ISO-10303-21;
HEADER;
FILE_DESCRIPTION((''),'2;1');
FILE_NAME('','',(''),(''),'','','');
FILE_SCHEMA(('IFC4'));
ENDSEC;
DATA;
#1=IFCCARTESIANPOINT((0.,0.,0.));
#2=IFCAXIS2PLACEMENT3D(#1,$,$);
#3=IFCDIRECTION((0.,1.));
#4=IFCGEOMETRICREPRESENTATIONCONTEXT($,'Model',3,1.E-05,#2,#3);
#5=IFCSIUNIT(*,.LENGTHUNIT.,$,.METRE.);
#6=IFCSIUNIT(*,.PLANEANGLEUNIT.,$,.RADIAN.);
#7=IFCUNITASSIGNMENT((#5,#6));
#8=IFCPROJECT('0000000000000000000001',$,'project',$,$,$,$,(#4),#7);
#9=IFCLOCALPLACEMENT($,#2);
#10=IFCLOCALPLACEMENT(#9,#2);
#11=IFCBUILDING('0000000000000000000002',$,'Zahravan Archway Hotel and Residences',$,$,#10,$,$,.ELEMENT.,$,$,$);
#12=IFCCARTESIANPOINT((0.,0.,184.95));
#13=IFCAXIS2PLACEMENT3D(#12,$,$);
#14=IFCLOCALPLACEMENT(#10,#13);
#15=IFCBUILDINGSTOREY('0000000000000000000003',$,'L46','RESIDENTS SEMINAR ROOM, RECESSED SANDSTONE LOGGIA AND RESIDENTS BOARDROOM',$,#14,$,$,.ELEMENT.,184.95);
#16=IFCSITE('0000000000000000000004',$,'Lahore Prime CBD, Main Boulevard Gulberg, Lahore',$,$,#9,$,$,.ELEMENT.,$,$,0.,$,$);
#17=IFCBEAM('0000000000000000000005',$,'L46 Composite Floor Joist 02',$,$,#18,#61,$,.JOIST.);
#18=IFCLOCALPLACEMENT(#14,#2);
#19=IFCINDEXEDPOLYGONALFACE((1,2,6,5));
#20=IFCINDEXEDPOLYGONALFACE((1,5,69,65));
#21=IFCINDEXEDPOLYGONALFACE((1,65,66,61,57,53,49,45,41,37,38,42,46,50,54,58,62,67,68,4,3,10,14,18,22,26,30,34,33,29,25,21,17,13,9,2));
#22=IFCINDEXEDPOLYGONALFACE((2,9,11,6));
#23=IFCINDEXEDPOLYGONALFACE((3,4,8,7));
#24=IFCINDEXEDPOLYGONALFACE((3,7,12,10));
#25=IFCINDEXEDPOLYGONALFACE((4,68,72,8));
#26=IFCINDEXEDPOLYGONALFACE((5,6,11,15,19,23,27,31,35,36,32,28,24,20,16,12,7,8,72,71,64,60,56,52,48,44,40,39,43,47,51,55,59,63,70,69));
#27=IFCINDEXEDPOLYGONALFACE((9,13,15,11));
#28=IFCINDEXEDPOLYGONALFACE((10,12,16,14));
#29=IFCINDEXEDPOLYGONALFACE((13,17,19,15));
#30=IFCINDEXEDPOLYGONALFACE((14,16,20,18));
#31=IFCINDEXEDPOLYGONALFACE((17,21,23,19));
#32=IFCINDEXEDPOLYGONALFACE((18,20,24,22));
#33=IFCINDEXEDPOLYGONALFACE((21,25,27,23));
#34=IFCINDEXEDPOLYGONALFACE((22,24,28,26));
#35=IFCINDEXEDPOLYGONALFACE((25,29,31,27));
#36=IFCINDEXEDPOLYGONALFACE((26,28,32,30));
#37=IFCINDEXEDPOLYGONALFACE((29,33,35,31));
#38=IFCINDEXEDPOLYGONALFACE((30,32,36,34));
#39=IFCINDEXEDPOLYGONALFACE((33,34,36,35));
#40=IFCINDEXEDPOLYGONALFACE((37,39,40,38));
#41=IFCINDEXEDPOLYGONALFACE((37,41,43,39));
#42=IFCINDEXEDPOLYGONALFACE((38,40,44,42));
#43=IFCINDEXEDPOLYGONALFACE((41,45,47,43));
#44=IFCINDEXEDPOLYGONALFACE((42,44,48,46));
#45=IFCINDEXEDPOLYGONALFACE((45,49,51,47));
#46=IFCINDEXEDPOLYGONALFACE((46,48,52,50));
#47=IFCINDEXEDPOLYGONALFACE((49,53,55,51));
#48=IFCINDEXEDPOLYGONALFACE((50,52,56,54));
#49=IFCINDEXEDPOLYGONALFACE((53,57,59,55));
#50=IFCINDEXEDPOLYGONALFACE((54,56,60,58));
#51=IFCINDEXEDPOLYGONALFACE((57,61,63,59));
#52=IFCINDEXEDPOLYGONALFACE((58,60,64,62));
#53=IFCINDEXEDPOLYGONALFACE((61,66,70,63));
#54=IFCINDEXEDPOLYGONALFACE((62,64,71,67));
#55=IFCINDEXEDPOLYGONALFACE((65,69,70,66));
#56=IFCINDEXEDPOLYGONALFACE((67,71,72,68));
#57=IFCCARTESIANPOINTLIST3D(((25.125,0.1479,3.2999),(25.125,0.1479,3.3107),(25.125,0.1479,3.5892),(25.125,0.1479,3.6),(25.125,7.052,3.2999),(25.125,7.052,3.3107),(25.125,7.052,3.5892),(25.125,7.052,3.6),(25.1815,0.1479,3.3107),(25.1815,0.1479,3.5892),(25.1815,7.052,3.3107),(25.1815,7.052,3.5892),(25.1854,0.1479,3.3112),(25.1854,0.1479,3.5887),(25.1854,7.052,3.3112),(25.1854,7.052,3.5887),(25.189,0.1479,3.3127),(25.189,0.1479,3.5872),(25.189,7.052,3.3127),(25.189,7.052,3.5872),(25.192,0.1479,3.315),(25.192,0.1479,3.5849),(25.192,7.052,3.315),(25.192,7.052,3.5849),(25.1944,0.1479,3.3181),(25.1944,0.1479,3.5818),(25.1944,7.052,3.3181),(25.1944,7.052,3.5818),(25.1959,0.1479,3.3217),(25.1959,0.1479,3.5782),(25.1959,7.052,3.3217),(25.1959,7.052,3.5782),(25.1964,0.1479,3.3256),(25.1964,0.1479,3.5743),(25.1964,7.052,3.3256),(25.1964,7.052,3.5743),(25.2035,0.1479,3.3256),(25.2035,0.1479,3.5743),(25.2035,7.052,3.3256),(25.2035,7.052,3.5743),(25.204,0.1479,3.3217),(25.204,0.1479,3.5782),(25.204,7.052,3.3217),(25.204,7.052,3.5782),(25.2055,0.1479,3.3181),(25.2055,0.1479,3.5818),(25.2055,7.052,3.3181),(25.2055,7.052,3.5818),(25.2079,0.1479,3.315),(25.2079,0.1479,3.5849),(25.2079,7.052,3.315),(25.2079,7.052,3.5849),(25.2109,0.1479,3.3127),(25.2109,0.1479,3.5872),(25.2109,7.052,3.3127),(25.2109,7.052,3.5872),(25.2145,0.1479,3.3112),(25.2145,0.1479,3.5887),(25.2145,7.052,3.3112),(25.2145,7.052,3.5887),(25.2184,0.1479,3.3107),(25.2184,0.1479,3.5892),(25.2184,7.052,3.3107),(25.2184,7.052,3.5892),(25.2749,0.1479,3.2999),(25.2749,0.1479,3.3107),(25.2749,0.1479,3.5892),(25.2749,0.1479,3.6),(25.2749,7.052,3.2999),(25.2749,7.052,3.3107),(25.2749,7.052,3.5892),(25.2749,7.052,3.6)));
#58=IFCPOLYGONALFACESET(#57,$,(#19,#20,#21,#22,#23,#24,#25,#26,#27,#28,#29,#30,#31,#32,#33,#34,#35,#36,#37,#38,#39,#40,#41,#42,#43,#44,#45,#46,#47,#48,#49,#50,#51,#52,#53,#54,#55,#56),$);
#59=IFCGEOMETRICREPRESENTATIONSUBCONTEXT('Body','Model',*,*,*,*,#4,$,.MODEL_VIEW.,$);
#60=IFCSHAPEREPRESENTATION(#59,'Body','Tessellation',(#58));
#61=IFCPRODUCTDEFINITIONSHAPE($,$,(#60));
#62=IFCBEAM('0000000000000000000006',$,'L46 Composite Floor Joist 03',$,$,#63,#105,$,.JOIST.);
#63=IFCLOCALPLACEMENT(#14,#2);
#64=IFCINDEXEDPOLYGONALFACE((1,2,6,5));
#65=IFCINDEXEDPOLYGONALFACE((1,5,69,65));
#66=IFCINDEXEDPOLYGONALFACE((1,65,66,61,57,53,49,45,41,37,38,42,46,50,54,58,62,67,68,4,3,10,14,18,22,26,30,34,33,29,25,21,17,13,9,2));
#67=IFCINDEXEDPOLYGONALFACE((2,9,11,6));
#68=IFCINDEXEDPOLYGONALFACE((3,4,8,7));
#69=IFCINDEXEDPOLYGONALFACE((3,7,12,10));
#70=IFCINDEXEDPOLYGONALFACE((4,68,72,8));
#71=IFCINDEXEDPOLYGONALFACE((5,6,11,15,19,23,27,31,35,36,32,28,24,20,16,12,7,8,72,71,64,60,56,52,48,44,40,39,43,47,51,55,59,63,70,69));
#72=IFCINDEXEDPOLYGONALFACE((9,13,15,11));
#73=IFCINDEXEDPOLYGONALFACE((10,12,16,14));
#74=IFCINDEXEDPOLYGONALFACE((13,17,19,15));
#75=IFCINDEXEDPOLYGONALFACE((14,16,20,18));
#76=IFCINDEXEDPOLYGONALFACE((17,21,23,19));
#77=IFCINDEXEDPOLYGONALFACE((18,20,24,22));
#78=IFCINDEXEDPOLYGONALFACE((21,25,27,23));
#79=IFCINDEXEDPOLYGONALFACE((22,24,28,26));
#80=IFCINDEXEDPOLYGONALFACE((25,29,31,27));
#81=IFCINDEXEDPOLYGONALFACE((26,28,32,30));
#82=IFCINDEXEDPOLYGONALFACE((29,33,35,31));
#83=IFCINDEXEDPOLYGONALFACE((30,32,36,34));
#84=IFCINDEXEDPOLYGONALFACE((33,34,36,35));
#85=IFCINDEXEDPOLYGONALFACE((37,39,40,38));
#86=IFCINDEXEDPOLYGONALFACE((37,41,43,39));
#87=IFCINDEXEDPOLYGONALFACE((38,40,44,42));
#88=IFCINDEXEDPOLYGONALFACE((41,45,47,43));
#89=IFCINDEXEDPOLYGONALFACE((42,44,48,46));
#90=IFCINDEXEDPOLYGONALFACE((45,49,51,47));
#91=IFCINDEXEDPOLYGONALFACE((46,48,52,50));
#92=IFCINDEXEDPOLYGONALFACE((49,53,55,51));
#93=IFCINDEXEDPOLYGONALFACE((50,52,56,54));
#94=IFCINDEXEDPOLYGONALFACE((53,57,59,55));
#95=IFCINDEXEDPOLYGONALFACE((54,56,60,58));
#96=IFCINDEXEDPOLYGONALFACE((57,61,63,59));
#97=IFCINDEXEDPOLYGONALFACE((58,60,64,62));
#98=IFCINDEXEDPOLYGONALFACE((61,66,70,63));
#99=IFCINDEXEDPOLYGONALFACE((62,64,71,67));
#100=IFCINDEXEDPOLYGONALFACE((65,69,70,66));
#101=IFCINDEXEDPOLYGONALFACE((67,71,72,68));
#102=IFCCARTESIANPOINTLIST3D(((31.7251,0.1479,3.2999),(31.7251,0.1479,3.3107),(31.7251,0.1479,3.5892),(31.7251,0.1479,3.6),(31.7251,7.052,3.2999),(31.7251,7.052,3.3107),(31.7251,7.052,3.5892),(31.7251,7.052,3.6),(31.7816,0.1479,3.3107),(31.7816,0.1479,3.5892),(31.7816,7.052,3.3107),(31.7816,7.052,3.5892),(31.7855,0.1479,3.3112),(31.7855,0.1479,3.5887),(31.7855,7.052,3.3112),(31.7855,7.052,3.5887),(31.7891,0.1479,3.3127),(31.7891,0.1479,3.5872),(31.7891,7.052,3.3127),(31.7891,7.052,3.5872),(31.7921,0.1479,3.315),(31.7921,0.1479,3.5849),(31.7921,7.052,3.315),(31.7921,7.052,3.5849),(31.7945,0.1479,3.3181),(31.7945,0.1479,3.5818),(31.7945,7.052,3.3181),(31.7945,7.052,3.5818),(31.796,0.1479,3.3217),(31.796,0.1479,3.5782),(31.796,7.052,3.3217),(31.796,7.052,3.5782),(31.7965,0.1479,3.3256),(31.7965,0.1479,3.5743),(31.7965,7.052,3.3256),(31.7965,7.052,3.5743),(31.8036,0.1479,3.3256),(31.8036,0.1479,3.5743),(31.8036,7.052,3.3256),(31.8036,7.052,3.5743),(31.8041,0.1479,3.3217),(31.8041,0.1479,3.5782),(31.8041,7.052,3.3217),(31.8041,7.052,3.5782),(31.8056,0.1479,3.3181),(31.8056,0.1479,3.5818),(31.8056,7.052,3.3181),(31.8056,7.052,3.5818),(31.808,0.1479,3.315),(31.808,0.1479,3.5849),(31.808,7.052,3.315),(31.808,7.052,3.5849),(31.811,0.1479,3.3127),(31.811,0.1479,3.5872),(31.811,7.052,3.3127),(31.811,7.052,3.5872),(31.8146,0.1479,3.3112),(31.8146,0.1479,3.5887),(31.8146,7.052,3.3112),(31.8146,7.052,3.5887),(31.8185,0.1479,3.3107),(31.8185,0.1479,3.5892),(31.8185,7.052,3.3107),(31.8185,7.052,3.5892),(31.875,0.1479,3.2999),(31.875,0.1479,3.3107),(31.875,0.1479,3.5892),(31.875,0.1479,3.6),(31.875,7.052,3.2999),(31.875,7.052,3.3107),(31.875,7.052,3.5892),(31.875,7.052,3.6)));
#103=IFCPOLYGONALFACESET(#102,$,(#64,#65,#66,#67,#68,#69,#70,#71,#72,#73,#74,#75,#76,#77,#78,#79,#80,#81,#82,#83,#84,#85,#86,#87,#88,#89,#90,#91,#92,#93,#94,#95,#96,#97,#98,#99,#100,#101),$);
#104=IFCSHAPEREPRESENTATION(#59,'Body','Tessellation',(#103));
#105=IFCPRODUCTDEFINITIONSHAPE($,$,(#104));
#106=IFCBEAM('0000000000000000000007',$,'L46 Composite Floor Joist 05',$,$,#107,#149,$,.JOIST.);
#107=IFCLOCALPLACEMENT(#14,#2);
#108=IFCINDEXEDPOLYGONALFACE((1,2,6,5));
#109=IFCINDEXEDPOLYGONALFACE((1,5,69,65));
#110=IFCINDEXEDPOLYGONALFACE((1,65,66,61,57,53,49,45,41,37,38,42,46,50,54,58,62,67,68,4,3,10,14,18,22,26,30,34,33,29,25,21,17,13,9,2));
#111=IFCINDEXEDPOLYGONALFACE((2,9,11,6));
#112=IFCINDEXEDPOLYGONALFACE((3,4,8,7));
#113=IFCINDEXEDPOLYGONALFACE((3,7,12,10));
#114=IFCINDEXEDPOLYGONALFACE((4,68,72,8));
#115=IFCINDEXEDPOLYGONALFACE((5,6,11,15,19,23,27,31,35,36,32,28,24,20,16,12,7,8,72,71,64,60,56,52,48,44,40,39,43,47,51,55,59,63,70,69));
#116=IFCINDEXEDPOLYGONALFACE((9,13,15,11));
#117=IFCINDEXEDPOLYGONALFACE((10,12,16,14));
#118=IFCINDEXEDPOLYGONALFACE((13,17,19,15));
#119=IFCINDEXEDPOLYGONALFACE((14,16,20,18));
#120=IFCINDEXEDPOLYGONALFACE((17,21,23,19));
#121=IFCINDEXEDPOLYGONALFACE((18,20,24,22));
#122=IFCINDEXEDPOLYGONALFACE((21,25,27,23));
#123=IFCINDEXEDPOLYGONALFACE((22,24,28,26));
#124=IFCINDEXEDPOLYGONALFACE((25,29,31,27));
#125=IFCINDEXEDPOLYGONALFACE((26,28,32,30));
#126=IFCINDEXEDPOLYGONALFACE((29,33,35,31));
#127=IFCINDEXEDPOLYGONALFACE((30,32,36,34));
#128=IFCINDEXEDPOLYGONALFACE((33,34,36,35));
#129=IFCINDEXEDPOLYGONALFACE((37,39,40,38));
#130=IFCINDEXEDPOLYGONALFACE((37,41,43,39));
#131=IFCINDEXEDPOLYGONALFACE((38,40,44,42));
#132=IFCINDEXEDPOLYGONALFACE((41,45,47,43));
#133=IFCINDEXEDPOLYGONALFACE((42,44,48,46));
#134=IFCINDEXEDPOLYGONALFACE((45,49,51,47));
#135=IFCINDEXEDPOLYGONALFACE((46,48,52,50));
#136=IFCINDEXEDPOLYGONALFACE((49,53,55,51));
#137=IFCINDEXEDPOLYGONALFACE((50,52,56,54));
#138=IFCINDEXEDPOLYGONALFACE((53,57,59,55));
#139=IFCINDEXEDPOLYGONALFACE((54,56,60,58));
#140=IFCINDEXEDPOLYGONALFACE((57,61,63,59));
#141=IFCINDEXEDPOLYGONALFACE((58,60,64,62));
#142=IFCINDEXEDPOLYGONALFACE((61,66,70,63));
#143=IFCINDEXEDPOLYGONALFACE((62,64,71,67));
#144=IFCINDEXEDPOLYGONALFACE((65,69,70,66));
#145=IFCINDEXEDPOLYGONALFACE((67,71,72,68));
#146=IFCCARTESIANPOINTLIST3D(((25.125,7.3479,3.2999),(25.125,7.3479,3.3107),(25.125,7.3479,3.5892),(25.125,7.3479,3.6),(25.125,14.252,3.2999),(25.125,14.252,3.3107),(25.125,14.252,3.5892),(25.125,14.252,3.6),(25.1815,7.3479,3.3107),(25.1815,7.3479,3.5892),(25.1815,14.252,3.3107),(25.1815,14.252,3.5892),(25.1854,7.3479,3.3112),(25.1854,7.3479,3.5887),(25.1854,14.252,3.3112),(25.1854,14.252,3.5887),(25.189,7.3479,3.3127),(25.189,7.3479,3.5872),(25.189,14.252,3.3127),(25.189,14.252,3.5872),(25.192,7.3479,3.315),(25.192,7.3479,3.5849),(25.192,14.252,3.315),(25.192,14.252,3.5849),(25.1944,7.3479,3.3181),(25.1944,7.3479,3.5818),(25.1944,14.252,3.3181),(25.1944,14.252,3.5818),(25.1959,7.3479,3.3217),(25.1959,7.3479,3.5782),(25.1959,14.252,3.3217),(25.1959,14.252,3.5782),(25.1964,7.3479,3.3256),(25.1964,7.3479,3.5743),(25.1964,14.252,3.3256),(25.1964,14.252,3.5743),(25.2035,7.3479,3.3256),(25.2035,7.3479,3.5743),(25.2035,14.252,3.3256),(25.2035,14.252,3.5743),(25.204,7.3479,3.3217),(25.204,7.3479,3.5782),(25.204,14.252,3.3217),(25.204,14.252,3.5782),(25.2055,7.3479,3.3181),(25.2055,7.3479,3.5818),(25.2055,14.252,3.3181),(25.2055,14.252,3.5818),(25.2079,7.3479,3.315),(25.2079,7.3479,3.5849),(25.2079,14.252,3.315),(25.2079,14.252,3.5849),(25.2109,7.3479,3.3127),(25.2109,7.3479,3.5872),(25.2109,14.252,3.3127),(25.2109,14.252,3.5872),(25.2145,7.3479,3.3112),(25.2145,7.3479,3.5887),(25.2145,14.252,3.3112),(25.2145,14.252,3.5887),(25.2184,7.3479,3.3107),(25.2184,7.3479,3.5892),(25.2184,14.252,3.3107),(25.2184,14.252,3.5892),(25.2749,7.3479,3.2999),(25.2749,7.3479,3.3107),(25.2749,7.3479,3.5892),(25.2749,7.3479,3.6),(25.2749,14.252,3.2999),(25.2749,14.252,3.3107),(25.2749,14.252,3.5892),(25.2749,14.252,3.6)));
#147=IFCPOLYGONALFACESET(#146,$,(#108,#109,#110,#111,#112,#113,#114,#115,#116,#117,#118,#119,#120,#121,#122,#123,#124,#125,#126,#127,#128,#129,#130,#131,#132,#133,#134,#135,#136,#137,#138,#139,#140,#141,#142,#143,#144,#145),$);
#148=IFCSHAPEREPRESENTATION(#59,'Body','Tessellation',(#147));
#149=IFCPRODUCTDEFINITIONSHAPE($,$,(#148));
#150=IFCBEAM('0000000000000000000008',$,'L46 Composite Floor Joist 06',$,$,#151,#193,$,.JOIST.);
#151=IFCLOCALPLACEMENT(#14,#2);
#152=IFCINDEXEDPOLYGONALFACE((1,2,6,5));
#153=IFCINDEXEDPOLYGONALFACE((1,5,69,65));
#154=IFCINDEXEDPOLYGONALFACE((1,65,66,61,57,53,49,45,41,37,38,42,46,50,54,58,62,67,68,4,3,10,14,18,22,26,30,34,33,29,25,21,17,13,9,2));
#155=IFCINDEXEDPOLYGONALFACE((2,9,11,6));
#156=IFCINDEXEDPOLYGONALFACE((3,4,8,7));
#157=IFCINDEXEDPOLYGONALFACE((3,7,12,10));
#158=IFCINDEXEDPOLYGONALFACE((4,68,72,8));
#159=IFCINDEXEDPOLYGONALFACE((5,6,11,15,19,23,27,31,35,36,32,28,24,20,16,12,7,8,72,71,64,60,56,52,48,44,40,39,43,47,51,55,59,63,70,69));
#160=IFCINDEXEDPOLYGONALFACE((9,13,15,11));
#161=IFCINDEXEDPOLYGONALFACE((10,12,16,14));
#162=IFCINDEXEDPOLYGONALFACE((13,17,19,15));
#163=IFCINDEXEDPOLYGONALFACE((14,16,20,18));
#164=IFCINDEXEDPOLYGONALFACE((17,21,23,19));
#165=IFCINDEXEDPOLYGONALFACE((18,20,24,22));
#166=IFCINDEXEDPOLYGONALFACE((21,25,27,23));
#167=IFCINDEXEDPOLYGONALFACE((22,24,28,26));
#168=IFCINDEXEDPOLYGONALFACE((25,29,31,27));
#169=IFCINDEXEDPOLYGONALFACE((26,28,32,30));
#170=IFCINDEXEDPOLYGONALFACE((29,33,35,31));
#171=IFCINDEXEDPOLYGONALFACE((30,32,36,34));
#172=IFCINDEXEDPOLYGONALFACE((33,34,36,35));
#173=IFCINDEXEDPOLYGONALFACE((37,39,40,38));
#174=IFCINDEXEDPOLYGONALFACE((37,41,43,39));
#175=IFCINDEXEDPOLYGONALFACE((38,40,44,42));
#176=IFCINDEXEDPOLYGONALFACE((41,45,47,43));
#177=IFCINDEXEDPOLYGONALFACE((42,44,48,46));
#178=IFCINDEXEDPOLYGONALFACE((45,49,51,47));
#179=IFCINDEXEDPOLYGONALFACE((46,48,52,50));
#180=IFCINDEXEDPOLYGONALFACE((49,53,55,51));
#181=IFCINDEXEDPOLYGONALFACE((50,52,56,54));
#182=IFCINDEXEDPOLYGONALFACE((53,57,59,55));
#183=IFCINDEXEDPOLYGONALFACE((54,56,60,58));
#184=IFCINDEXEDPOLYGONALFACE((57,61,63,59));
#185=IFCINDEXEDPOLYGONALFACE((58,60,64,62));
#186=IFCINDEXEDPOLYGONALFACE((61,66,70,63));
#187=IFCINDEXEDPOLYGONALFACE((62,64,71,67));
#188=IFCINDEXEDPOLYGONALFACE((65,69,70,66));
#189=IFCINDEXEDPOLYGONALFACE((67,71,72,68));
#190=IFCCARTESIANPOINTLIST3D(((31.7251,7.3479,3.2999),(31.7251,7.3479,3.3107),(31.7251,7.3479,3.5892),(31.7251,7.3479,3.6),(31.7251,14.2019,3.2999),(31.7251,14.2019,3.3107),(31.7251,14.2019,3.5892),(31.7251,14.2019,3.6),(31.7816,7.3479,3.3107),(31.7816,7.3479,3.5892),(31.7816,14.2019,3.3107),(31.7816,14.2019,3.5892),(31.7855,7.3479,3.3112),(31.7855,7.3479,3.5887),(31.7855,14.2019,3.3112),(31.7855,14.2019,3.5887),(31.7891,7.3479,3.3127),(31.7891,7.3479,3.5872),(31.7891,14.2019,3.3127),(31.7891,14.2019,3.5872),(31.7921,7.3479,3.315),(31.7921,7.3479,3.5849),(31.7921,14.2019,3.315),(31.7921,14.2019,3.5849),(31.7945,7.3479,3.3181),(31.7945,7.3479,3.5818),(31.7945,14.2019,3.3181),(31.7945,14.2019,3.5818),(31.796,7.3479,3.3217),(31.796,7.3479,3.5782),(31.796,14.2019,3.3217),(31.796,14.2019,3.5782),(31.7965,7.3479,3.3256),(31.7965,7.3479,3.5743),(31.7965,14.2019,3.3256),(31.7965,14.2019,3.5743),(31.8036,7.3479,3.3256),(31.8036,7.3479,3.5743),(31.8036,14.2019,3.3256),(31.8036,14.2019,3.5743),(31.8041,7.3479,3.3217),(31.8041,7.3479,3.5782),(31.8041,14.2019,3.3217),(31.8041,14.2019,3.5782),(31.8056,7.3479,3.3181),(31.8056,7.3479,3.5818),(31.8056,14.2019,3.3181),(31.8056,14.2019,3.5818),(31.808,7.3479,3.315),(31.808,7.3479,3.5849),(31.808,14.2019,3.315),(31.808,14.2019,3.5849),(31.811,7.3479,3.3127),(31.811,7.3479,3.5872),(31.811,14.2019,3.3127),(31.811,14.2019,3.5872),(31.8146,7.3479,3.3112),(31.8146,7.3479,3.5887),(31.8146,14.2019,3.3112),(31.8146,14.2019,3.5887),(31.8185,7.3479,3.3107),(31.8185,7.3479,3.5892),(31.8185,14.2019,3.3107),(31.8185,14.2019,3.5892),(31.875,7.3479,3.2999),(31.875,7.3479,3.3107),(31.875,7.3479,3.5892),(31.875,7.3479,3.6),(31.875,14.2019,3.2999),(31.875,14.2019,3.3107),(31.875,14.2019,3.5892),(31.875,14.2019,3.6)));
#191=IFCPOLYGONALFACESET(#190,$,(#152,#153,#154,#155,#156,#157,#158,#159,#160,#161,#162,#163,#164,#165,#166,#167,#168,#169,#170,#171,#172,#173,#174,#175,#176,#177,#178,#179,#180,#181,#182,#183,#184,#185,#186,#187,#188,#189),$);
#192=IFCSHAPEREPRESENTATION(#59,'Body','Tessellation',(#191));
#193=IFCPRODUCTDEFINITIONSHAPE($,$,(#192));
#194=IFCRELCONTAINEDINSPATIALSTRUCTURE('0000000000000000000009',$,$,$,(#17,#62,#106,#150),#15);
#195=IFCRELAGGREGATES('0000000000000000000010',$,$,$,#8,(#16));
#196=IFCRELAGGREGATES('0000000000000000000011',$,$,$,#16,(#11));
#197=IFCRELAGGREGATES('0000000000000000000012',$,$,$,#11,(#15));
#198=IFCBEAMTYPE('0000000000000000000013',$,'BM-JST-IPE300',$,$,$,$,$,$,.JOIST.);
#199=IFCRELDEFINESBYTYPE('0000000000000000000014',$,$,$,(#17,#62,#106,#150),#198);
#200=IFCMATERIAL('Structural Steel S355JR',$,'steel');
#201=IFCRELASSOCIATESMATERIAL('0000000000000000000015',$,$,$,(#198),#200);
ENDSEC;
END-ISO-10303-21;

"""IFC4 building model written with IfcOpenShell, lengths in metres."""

from ifc_helpers import new_model, si_unit, direction, frame, origin, origin_2d, place, context, subcontext, project, spatial, i_section, extrude, source, transform, mapped, material, material_profile, profile_set, type_object, type_shapes, element, save


model = new_model("IFC4")

# Units and contexts
model_context = context("Model", 3, precision=1e-05, world=origin(), true_north=direction((0.0, 1.0)))
body_context = subcontext(model_context, "Body", "Model", "MODEL_VIEW")
ifc_project = project(units=[si_unit("LENGTHUNIT", "METRE"), si_unit("PLANEANGLEUNIT", "RADIAN")], contexts=[model_context])

# Site, building, storey
site_placement = place(None, origin())
site = spatial("IfcSite", under=ifc_project, at=site_placement, Name="Lahore Prime CBD, Main Boulevard Gulberg, Lahore", CompositionType="ELEMENT", RefElevation=0.0)
building_placement = place(site_placement, origin())
building = spatial("IfcBuilding", under=site, at=building_placement, Name="Zahravan Archway Hotel and Residences", CompositionType="ELEMENT")
storey_placement = place(building_placement, frame((0.0, 0.0, 184.95)))
storey = spatial("IfcBuildingStorey", under=building, at=storey_placement, Name="L46", Description="RESIDENTS SEMINAR ROOM, RECESSED SANDSTONE LOGGIA AND RESIDENTS BOARDROOM", CompositionType="ELEMENT", Elevation=184.95)

# Beams
ifc_material_1 = material(Name="Structural Steel S355JR", Category="steel")
ifc_material_profile_1 = material_profile(ifc_material_1, i_section(OverallWidth=0.1499, OverallDepth=0.3, WebThickness=0.0071, FlangeThickness=0.0107, FilletRadius=0.0149, at=origin_2d()), Name="IPE 300", Category="steel")
ifc_profile_set_1 = profile_set([ifc_material_profile_1], Name="Structural Steel S355JR")
beam_type_1 = type_object("IfcBeamType", Name="BM-JST-IPE300", PredefinedType="JOIST", material=ifc_profile_set_1)
shared_shape_1 = source(origin(), body_context, "Body", "SweptSolid", [
    extrude(i_section(OverallWidth=0.1499, OverallDepth=0.3, WebThickness=0.0071, FlangeThickness=0.0107, FilletRadius=0.0149, at=origin_2d()), origin(), (0.0, 0.0, 1.0), 6.9041),
])
type_shapes(beam_type_1, [shared_shape_1])
for number, where, z_axis, x_axis, name in (
    (1, (25.2, 0.1479, 3.45), (0.0, 1.0, 0.0), (-1.0, 0.0, 0.0), "L46 Composite Floor Joist 02"),
    (2, (31.8, 0.1479, 3.45), (0.0, 1.0, 0.0), (-1.0, 0.0, 0.0), "L46 Composite Floor Joist 03"),
    (3, (25.2, 7.3479, 3.45), (0.0, 1.0, 0.0), (-1.0, 0.0, 0.0), "L46 Composite Floor Joist 05"),
):
    element("IfcBeam", number, at=place(storey_placement, frame(where, z_axis=z_axis, x_axis=x_axis)), inside=storey, type_object=beam_type_1, Name=name, PredefinedType="JOIST", context=body_context, shape_type="MappedRepresentation", body=[
        mapped(shared_shape_1, transform((0.0, 0.0, 0.0), scale=1.0)),
    ])
shared_shape_2 = source(origin(), body_context, "Body", "SweptSolid", [
    extrude(i_section(OverallWidth=0.1499, OverallDepth=0.3, WebThickness=0.0071, FlangeThickness=0.0107, FilletRadius=0.0149, at=origin_2d()), origin(), (0.0, 0.0, 1.0), 6.854),
])
beam_1_placement = place(storey_placement, frame((31.8, 7.3479, 3.45), z_axis=(0.0, 1.0, 0.0), x_axis=(-1.0, 0.0, 0.0)))
element("IfcBeam", 4, at=beam_1_placement, inside=storey, type_object=beam_type_1, Name="L46 Composite Floor Joist 06", PredefinedType="JOIST", context=body_context, shape_type="MappedRepresentation", body=[
    mapped(shared_shape_2, transform((0.0, 0.0, 0.0), scale=1.0)),
])

save(model, "model.ifc")
